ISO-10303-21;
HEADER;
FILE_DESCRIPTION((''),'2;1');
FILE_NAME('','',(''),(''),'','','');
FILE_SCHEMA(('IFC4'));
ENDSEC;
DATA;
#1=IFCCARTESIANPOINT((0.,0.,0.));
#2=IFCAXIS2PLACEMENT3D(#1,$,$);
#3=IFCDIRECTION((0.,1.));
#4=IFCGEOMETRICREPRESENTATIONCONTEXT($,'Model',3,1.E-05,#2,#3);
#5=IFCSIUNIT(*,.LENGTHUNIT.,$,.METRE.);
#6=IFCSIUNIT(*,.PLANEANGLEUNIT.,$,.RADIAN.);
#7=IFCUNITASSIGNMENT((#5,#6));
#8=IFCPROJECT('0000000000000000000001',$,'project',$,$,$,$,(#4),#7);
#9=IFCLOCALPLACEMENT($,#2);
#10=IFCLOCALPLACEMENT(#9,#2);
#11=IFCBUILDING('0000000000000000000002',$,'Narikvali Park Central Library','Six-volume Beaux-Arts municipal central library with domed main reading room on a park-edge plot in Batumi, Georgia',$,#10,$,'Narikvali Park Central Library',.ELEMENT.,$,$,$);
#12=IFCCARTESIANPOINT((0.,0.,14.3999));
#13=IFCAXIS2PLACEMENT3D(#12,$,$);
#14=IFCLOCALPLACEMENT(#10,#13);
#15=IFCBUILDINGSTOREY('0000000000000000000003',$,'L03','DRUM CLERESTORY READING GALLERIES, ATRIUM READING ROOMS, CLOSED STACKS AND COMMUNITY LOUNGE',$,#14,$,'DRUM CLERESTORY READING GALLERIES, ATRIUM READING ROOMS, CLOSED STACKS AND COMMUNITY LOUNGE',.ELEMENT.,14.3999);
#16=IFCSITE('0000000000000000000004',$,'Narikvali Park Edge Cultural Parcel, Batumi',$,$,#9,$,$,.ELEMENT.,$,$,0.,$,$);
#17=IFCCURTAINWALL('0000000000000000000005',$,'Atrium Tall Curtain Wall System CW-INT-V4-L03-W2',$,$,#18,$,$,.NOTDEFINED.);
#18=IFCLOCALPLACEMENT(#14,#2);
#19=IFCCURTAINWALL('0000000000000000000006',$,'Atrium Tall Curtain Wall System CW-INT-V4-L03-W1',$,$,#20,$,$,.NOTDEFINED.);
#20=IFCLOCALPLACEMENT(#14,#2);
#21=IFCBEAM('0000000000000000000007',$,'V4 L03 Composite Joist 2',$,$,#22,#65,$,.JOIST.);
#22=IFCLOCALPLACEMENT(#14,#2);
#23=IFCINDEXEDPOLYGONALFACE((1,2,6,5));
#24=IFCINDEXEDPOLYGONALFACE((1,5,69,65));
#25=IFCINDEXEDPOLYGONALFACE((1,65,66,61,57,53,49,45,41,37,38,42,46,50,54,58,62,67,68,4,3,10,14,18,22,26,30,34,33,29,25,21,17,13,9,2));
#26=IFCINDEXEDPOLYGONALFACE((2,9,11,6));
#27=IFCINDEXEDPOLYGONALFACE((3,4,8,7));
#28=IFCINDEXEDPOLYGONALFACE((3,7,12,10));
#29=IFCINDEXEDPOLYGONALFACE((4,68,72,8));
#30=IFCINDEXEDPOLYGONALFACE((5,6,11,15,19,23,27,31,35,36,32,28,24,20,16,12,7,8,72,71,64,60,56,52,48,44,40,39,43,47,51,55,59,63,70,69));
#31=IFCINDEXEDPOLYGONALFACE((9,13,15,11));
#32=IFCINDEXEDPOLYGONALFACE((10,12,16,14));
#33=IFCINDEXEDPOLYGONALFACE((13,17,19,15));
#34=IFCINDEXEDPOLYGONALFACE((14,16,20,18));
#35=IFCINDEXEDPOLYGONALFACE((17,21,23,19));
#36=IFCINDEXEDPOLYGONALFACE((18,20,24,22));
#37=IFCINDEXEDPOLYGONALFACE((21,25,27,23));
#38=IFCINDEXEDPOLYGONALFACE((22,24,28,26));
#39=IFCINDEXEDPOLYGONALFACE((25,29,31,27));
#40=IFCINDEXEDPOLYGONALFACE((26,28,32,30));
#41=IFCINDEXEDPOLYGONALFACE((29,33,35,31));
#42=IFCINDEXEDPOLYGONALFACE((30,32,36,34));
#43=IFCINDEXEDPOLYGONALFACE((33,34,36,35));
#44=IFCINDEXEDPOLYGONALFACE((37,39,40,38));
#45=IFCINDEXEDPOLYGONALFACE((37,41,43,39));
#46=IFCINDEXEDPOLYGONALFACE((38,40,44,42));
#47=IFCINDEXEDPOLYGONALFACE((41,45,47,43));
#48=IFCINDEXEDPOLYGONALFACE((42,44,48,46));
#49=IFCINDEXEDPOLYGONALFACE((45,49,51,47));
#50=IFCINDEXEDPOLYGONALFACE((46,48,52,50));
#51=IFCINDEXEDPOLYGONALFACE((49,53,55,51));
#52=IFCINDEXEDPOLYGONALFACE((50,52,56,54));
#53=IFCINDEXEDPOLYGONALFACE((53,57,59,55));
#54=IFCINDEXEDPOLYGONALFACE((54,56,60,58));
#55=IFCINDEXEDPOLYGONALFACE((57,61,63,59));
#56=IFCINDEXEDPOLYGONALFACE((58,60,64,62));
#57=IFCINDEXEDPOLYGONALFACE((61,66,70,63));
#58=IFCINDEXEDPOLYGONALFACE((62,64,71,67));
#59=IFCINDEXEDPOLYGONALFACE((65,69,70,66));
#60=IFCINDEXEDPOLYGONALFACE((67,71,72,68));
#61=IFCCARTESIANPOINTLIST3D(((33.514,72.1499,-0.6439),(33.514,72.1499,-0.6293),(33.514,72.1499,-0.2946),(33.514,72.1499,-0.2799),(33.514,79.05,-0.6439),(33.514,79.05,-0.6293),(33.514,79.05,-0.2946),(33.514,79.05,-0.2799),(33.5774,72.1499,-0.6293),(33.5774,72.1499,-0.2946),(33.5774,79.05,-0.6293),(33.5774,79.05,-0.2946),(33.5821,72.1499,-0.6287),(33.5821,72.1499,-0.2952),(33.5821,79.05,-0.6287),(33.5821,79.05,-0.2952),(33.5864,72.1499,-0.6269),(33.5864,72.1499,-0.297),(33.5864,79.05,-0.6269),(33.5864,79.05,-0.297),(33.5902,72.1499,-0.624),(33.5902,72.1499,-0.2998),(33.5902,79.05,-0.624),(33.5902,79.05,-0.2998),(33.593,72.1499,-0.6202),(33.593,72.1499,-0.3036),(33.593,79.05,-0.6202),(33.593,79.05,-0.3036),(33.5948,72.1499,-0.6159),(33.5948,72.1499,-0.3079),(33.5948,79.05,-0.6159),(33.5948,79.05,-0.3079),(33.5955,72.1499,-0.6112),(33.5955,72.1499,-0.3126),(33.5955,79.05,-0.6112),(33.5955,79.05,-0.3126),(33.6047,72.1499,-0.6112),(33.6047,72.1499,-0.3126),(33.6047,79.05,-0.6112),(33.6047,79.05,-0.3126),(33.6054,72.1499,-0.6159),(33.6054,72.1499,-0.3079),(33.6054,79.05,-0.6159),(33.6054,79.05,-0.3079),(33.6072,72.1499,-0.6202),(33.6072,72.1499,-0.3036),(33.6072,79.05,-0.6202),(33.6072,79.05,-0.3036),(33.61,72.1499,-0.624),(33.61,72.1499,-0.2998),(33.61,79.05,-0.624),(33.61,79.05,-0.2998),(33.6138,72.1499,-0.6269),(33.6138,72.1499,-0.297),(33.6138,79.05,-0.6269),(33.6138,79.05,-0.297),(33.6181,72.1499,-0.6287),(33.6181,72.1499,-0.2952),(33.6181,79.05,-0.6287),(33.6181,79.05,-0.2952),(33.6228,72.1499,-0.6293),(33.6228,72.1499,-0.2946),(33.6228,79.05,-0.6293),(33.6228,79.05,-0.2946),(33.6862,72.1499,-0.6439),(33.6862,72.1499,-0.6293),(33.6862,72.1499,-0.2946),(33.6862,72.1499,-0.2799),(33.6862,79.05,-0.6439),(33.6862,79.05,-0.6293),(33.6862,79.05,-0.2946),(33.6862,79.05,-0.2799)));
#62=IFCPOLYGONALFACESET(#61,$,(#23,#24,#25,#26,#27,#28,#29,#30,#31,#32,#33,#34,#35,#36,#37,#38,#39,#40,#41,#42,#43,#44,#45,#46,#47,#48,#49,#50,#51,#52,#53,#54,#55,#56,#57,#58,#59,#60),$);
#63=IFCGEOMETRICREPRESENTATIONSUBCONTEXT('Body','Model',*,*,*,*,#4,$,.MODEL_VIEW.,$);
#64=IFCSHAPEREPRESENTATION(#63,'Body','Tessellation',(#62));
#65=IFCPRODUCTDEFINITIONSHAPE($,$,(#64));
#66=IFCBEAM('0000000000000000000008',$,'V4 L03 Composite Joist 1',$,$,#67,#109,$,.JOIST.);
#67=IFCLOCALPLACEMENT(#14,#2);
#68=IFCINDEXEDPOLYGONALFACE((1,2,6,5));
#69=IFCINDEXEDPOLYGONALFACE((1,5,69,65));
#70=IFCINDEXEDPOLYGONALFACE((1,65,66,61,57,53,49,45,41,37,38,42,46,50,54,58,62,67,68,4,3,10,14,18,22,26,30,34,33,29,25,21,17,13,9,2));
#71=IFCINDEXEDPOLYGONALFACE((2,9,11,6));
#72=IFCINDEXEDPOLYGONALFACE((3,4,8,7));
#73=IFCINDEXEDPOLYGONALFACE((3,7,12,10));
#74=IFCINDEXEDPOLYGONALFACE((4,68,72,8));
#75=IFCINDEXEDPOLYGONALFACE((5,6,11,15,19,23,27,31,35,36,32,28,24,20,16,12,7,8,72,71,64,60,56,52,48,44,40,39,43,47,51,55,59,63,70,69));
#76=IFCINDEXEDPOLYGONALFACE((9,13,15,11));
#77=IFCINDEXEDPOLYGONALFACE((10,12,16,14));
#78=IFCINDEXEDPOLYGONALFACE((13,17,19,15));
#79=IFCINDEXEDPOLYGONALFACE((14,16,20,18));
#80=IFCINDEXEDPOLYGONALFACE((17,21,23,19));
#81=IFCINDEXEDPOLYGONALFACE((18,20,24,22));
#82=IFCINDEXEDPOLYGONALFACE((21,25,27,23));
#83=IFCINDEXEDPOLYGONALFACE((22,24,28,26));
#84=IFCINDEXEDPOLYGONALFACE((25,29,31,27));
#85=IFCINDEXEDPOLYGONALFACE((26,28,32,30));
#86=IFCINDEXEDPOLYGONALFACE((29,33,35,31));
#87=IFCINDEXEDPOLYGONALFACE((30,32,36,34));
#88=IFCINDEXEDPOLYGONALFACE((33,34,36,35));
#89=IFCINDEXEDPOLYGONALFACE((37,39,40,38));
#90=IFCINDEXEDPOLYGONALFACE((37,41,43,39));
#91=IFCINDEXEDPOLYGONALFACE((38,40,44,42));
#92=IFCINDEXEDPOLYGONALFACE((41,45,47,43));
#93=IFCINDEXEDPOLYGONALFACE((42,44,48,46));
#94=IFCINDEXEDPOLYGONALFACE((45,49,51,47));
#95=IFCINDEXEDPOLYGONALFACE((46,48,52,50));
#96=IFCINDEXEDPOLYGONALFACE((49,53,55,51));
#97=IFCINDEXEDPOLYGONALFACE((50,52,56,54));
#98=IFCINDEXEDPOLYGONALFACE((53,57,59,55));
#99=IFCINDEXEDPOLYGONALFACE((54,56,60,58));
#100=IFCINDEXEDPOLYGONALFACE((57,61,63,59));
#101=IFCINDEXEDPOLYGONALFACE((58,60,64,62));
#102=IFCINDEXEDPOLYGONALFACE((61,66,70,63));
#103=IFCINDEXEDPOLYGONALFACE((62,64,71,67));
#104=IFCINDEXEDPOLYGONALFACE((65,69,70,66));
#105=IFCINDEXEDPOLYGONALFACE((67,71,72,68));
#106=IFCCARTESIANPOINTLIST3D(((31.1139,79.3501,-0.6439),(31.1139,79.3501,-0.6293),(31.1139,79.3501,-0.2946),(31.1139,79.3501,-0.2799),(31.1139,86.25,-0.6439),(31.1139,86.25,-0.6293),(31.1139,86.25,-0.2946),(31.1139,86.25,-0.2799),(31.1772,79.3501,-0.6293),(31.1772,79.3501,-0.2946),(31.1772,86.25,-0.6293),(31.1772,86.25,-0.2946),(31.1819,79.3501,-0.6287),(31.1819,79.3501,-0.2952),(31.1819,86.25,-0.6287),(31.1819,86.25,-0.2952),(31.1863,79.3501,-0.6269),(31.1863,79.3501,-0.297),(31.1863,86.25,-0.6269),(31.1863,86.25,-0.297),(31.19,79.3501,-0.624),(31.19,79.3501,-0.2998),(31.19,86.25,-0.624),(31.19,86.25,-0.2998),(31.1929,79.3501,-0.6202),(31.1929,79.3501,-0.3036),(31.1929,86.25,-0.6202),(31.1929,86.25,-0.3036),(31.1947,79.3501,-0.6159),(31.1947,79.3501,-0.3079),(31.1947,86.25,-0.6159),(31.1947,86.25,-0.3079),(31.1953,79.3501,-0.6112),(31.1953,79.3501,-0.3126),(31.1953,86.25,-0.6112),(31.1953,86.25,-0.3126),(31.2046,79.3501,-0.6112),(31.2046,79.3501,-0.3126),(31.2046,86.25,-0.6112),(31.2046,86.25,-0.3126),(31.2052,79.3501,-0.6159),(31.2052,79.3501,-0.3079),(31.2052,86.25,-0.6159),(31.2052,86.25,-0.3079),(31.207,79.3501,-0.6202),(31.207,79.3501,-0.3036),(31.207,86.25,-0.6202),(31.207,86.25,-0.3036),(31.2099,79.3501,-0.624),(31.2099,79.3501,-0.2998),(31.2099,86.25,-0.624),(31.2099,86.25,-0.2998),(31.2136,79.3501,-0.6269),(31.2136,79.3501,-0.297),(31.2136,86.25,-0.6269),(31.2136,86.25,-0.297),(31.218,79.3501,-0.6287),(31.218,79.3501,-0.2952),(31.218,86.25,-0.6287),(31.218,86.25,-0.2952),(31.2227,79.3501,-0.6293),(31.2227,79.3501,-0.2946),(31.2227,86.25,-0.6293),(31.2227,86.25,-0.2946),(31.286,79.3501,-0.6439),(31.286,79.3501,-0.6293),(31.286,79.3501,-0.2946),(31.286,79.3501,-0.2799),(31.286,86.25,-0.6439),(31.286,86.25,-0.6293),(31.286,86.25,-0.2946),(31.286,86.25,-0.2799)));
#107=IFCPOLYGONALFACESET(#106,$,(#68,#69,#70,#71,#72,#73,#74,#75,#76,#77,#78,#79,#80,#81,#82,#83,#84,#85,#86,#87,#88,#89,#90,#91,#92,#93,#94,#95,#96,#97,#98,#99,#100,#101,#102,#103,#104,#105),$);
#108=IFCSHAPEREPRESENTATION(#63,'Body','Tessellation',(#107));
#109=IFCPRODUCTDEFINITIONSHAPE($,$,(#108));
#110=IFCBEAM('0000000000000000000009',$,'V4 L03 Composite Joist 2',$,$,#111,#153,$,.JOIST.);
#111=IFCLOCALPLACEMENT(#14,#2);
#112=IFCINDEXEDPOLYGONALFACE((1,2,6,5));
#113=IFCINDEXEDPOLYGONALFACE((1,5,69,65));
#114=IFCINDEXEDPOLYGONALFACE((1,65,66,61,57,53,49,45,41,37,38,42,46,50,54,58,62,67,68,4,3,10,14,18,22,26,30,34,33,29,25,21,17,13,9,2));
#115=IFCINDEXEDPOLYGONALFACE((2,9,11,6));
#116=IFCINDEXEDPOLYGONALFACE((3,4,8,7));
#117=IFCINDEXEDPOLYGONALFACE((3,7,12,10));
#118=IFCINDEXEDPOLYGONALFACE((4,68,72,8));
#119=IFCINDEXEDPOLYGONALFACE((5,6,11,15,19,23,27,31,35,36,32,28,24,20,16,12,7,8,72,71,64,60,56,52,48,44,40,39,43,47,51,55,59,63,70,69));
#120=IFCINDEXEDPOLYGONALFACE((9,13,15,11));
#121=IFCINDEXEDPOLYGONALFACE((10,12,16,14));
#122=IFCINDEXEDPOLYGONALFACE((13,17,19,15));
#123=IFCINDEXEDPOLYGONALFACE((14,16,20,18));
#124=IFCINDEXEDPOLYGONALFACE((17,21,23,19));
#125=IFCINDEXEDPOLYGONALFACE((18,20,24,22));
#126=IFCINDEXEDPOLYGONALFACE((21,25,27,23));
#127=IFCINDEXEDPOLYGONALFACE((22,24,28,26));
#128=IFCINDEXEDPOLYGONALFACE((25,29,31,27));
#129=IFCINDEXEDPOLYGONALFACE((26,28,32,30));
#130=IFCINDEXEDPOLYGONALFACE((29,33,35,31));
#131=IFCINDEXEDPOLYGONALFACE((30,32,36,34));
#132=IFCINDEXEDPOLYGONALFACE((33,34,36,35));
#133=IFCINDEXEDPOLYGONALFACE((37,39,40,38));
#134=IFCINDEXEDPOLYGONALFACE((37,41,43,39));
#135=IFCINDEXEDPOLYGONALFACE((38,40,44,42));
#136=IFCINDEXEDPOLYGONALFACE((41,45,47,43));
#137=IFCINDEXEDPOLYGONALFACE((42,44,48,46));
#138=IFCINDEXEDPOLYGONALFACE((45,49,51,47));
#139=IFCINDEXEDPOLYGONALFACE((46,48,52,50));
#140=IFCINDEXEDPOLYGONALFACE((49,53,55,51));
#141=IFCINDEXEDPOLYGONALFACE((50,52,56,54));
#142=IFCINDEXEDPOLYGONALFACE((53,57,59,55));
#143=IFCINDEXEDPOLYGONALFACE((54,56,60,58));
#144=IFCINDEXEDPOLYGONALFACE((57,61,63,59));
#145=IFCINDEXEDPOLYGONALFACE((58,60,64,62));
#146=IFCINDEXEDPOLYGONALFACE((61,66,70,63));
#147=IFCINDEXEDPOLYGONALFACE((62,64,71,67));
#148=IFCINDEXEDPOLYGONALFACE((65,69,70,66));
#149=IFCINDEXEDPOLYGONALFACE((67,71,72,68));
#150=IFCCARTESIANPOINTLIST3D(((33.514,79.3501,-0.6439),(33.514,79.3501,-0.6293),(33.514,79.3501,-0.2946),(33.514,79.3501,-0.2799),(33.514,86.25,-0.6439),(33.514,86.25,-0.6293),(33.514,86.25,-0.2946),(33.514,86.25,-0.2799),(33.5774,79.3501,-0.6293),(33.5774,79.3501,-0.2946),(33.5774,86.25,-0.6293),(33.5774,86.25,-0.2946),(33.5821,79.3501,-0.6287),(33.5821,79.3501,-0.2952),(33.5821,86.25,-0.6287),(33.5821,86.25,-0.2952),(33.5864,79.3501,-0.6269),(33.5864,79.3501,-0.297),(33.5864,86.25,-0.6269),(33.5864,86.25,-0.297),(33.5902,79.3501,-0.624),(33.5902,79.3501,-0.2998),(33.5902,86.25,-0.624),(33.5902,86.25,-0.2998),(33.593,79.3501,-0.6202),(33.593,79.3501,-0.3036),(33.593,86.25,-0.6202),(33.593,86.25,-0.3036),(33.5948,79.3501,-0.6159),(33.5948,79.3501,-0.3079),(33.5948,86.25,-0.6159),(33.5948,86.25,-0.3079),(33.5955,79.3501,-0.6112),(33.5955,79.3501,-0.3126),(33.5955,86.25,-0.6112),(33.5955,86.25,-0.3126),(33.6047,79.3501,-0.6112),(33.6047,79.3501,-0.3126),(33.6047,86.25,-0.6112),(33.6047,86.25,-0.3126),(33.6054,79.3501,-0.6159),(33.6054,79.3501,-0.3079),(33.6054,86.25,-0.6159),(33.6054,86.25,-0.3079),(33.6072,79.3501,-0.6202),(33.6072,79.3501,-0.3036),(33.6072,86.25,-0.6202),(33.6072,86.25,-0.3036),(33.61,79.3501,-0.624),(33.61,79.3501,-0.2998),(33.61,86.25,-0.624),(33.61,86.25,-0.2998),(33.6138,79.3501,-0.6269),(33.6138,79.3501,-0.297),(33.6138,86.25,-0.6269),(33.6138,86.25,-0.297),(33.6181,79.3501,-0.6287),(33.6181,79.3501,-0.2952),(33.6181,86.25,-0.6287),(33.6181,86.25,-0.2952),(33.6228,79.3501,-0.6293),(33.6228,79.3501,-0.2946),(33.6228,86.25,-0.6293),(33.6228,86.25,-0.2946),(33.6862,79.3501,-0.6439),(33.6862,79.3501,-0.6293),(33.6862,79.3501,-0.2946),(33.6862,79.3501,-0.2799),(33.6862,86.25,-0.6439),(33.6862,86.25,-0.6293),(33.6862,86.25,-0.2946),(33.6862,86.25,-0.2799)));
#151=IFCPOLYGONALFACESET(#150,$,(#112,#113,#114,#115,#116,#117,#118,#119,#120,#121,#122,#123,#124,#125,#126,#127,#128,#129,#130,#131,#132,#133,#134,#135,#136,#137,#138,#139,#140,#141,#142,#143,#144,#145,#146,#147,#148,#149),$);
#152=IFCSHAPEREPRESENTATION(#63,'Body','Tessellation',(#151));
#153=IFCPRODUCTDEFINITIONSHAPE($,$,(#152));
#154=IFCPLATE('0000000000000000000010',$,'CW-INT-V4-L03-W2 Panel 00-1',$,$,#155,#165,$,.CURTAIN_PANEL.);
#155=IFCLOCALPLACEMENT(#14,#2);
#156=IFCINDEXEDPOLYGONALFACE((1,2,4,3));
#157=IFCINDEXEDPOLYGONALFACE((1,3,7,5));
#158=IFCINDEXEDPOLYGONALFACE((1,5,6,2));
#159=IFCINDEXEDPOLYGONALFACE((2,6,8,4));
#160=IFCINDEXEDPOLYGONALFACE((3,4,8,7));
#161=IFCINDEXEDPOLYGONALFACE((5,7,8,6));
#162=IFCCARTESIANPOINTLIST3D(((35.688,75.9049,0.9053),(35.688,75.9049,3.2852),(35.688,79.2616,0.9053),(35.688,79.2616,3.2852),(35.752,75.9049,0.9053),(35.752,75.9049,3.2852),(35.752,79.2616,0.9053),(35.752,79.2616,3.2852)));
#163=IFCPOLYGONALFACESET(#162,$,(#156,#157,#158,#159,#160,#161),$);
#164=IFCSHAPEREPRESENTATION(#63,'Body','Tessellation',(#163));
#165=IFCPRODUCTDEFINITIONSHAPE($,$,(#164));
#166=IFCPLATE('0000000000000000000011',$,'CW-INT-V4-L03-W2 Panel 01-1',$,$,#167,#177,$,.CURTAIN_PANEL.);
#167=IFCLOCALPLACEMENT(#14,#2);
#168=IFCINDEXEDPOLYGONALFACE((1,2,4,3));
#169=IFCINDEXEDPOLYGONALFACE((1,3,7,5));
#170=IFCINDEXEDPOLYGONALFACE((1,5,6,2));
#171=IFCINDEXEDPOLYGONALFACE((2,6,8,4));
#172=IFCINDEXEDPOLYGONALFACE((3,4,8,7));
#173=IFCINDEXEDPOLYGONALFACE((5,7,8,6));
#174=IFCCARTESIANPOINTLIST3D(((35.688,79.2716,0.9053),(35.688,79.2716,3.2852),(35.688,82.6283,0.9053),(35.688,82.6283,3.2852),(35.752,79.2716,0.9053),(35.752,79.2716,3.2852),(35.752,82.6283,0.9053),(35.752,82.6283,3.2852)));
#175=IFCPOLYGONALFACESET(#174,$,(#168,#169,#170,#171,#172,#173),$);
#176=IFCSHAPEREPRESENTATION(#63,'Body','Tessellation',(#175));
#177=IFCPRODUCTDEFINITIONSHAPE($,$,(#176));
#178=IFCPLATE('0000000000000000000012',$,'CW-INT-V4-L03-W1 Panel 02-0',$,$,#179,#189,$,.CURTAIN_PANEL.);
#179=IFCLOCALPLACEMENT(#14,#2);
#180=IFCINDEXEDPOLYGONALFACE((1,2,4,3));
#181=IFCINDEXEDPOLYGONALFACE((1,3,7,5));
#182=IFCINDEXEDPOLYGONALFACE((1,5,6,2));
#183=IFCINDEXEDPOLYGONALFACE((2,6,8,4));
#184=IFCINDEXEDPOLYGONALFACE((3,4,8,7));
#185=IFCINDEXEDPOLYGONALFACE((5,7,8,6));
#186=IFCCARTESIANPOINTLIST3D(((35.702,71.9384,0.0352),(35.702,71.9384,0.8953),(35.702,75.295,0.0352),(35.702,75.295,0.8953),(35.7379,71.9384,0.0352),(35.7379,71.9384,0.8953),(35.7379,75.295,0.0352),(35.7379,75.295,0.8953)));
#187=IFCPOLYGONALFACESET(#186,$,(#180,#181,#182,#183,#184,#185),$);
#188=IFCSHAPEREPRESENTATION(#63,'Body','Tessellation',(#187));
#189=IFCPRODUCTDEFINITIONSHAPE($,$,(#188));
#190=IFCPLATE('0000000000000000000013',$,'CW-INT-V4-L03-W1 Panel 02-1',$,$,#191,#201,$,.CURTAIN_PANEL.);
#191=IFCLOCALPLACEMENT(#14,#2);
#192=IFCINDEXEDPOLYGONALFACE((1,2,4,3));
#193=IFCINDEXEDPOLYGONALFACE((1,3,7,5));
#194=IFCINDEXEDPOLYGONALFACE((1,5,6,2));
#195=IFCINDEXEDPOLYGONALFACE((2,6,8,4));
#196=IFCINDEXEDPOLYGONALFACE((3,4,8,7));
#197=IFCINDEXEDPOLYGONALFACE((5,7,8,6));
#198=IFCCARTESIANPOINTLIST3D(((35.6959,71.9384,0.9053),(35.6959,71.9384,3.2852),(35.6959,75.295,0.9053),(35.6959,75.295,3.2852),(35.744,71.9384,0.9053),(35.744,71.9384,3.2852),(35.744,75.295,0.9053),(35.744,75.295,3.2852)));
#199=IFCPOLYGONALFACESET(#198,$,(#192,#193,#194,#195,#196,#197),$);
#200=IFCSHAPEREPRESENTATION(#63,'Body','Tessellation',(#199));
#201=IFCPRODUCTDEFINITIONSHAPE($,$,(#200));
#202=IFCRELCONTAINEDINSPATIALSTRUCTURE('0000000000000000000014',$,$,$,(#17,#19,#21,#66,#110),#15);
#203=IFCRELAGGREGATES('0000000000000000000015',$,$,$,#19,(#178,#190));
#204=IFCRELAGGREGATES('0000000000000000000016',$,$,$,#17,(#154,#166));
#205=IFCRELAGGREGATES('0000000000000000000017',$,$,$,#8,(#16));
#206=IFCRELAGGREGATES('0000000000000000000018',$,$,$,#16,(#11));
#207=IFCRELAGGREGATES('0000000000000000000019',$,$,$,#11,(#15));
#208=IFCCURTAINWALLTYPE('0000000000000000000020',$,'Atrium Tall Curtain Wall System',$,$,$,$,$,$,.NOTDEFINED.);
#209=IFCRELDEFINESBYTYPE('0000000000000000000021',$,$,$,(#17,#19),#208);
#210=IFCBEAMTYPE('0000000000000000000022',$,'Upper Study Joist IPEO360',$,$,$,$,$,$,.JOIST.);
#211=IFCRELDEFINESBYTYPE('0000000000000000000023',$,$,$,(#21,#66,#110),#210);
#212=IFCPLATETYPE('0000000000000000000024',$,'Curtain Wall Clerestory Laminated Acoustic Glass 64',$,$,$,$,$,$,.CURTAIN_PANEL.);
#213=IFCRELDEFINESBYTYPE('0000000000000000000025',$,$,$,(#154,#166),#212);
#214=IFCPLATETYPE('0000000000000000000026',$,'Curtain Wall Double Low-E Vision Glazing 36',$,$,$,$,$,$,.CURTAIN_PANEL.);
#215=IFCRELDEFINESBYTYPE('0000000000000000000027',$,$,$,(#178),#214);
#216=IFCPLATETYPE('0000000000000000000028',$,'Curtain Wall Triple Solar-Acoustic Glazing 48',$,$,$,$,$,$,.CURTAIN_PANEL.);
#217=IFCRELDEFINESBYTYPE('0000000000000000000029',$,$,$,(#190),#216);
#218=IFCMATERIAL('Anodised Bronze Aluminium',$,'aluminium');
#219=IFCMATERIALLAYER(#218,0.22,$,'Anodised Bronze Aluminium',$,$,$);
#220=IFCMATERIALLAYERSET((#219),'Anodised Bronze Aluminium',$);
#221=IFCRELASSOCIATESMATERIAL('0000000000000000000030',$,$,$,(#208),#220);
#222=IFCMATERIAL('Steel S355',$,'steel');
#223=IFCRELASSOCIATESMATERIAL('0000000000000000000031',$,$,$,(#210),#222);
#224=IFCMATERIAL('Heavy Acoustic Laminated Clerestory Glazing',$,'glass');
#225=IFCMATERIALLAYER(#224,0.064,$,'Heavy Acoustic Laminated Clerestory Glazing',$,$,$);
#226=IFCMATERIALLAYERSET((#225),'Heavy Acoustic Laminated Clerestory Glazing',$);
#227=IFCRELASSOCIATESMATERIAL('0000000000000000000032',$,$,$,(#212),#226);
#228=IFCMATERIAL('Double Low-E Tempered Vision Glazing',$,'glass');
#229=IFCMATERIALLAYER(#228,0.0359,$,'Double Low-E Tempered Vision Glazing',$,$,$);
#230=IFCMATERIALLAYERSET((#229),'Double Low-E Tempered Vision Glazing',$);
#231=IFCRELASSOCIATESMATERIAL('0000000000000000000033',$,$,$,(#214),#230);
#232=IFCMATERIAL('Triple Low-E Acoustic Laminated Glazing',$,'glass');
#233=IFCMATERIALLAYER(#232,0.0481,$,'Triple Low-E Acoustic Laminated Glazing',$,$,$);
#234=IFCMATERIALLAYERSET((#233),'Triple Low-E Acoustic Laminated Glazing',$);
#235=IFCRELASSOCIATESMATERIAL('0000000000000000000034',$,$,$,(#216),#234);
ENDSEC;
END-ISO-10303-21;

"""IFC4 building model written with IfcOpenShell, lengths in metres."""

from ifc_helpers import new_model, si_unit, direction, frame, origin, origin_2d, place, context, subcontext, project, spatial, rectangle, i_section, extrude, material, layer, layer_set, material_profile, profile_set, type_object, element, aggregate, save


model = new_model("IFC4")

# Units and contexts
model_context = context("Model", 3, precision=1e-05, world=origin(), true_north=direction((0.0, 1.0)))
body_context = subcontext(model_context, "Body", "Model", "MODEL_VIEW")
ifc_project = project(units=[si_unit("LENGTHUNIT", "METRE"), si_unit("PLANEANGLEUNIT", "RADIAN")], contexts=[model_context])

# Site, building, storey
site_placement = place(None, origin())
site = spatial("IfcSite", under=ifc_project, at=site_placement, Name="Narikvali Park Edge Cultural Parcel, Batumi", CompositionType="ELEMENT", RefElevation=0.0)
building_placement = place(site_placement, origin())
building = spatial("IfcBuilding", under=site, at=building_placement, Name="Narikvali Park Central Library", Description="Six-volume Beaux-Arts municipal central library with domed main reading room on a park-edge plot in Batumi, Georgia", LongName="Narikvali Park Central Library", CompositionType="ELEMENT")
storey_placement = place(building_placement, frame((0.0, 0.0, 14.3999)))
storey = spatial("IfcBuildingStorey", under=building, at=storey_placement, Name="L03", Description="DRUM CLERESTORY READING GALLERIES, ATRIUM READING ROOMS, CLOSED STACKS AND COMMUNITY LOUNGE", LongName="DRUM CLERESTORY READING GALLERIES, ATRIUM READING ROOMS, CLOSED STACKS AND COMMUNITY LOUNGE", CompositionType="ELEMENT", Elevation=14.3999)

# Shared definitions
ifc_material_1 = material(Name="Steel S355", Category="steel")

# Curtain wall
ifc_material_2 = material(Name="Anodised Bronze Aluminium", Category="aluminium")
ifc_layer_1 = layer(ifc_material_2, 0.22, Name="Anodised Bronze Aluminium")
ifc_layer_set_1 = layer_set([ifc_layer_1], Name="Anodised Bronze Aluminium")
curtain_wall_type = type_object("IfcCurtainWallType", Name="Atrium Tall Curtain Wall System", PredefinedType="NOTDEFINED", material=ifc_layer_set_1)
curtain_wall_1_placement = place(storey_placement, origin())
curtain_wall_1 = element("IfcCurtainWall", 1, at=curtain_wall_1_placement, inside=storey, type_object=curtain_wall_type, Name="Atrium Tall Curtain Wall System CW-INT-V4-L03-W2", PredefinedType="NOTDEFINED")

# Curtain wall
curtain_wall_2_placement = place(storey_placement, origin())
curtain_wall_2 = element("IfcCurtainWall", 2, at=curtain_wall_2_placement, inside=storey, type_object=curtain_wall_type, Name="Atrium Tall Curtain Wall System CW-INT-V4-L03-W1", PredefinedType="NOTDEFINED")

# Beams
ifc_material_profile_1 = material_profile(ifc_material_1, i_section(OverallWidth=0.1721, OverallDepth=0.364, WebThickness=0.0093, FlangeThickness=0.0146, FilletRadius=0.0181, at=origin_2d()), Name="IPEO 360")
ifc_profile_set_1 = profile_set([ifc_material_profile_1], Name="Steel S355")
beam_type_1 = type_object("IfcBeamType", Name="Upper Study Joist IPEO360", PredefinedType="JOIST", material=ifc_profile_set_1)
beam_1_placement = place(storey_placement, frame((33.6001, 72.1499, -0.4619), z_axis=(0.0, 1.0, 0.0), x_axis=(-1.0, 0.0, 0.0)))
element("IfcBeam", 3, at=beam_1_placement, inside=storey, type_object=beam_type_1, Name="V4 L03 Composite Joist 2", PredefinedType="JOIST", context=body_context, shape_type="SweptSolid", body=[
    extrude(i_section(OverallWidth=0.1721, OverallDepth=0.364, WebThickness=0.0093, FlangeThickness=0.0146, FilletRadius=0.0181, at=origin_2d()), origin(), (0.0, 0.0, 1.0), 6.9001),
])
for number, where, z_axis, x_axis, name in (
    (4, (31.2, 79.3501, -0.4619), (0.0, 1.0, 0.0), (-1.0, 0.0, 0.0), "V4 L03 Composite Joist 1"),
    (5, (33.6001, 79.3501, -0.4619), (0.0, 1.0, 0.0), (-1.0, 0.0, 0.0), "V4 L03 Composite Joist 2"),
):
    element("IfcBeam", number, at=place(storey_placement, frame(where, z_axis=z_axis, x_axis=x_axis)), inside=storey, type_object=beam_type_1, Name=name, PredefinedType="JOIST", context=body_context, shape_type="SweptSolid", body=[
        extrude(i_section(OverallWidth=0.1721, OverallDepth=0.364, WebThickness=0.0093, FlangeThickness=0.0146, FilletRadius=0.0181, at=origin_2d()), origin(), (0.0, 0.0, 1.0), 6.8999),
    ])

# Plates
ifc_material_3 = material(Name="Heavy Acoustic Laminated Clerestory Glazing", Category="glass")
ifc_layer_2 = layer(ifc_material_3, 0.064, Name="Heavy Acoustic Laminated Clerestory Glazing")
ifc_layer_set_2 = layer_set([ifc_layer_2], Name="Heavy Acoustic Laminated Clerestory Glazing")
plate_type_1 = type_object("IfcPlateType", Name="Curtain Wall Clerestory Laminated Acoustic Glass 64", PredefinedType="CURTAIN_PANEL", material=ifc_layer_set_2)
plate_1_placement = place(storey_placement, frame((35.72, 77.5833, 0.9053), z_axis=(0.0, 0.0, 1.0), x_axis=(0.0, 1.0, 0.0)))
plate_1 = element("IfcPlate", 6, at=plate_1_placement, type_object=plate_type_1, Name="CW-INT-V4-L03-W2 Panel 00-1", PredefinedType="CURTAIN_PANEL", context=body_context, shape_type="SweptSolid", body=[
    extrude(rectangle(XDim=3.3567, YDim=0.064, at=origin_2d()), origin(), (0.0, 0.0, 1.0), 2.3799),
])
plate_2_placement = place(storey_placement, frame((35.72, 80.95, 0.9053), z_axis=(0.0, 0.0, 1.0), x_axis=(0.0, 1.0, 0.0)))
plate_2 = element("IfcPlate", 7, at=plate_2_placement, type_object=plate_type_1, Name="CW-INT-V4-L03-W2 Panel 01-1", PredefinedType="CURTAIN_PANEL", context=body_context, shape_type="SweptSolid", body=[
    extrude(rectangle(XDim=3.3567, YDim=0.064, at=origin_2d()), origin(), (0.0, 0.0, 1.0), 2.3799),
])
ifc_material_4 = material(Name="Double Low-E Tempered Vision Glazing", Category="glass")
ifc_layer_3 = layer(ifc_material_4, 0.0359, Name="Double Low-E Tempered Vision Glazing")
ifc_layer_set_3 = layer_set([ifc_layer_3], Name="Double Low-E Tempered Vision Glazing")
plate_type_2 = type_object("IfcPlateType", Name="Curtain Wall Double Low-E Vision Glazing 36", PredefinedType="CURTAIN_PANEL", material=ifc_layer_set_3)
plate_3_placement = place(storey_placement, frame((35.72, 73.6167, 0.0352), z_axis=(0.0, 0.0, 1.0), x_axis=(0.0, 1.0, 0.0)))
plate_3 = element("IfcPlate", 8, at=plate_3_placement, type_object=plate_type_2, Name="CW-INT-V4-L03-W1 Panel 02-0", PredefinedType="CURTAIN_PANEL", context=body_context, shape_type="SweptSolid", body=[
    extrude(rectangle(XDim=3.3567, YDim=0.0359, at=origin_2d()), origin(), (0.0, 0.0, 1.0), 0.8601),
])
ifc_material_5 = material(Name="Triple Low-E Acoustic Laminated Glazing", Category="glass")
ifc_layer_4 = layer(ifc_material_5, 0.0481, Name="Triple Low-E Acoustic Laminated Glazing")
ifc_layer_set_4 = layer_set([ifc_layer_4], Name="Triple Low-E Acoustic Laminated Glazing")
plate_type_3 = type_object("IfcPlateType", Name="Curtain Wall Triple Solar-Acoustic Glazing 48", PredefinedType="CURTAIN_PANEL", material=ifc_layer_set_4)
plate_4_placement = place(storey_placement, frame((35.72, 73.6167, 0.9053), z_axis=(0.0, 0.0, 1.0), x_axis=(0.0, 1.0, 0.0)))
plate_4 = element("IfcPlate", 9, at=plate_4_placement, type_object=plate_type_3, Name="CW-INT-V4-L03-W1 Panel 02-1", PredefinedType="CURTAIN_PANEL", context=body_context, shape_type="SweptSolid", body=[
    extrude(rectangle(XDim=3.3567, YDim=0.0481, at=origin_2d()), origin(), (0.0, 0.0, 1.0), 2.3799),
])
aggregate(curtain_wall_2, [plate_3, plate_4])
aggregate(curtain_wall_1, [plate_1, plate_2])

save(model, "model.ifc")
